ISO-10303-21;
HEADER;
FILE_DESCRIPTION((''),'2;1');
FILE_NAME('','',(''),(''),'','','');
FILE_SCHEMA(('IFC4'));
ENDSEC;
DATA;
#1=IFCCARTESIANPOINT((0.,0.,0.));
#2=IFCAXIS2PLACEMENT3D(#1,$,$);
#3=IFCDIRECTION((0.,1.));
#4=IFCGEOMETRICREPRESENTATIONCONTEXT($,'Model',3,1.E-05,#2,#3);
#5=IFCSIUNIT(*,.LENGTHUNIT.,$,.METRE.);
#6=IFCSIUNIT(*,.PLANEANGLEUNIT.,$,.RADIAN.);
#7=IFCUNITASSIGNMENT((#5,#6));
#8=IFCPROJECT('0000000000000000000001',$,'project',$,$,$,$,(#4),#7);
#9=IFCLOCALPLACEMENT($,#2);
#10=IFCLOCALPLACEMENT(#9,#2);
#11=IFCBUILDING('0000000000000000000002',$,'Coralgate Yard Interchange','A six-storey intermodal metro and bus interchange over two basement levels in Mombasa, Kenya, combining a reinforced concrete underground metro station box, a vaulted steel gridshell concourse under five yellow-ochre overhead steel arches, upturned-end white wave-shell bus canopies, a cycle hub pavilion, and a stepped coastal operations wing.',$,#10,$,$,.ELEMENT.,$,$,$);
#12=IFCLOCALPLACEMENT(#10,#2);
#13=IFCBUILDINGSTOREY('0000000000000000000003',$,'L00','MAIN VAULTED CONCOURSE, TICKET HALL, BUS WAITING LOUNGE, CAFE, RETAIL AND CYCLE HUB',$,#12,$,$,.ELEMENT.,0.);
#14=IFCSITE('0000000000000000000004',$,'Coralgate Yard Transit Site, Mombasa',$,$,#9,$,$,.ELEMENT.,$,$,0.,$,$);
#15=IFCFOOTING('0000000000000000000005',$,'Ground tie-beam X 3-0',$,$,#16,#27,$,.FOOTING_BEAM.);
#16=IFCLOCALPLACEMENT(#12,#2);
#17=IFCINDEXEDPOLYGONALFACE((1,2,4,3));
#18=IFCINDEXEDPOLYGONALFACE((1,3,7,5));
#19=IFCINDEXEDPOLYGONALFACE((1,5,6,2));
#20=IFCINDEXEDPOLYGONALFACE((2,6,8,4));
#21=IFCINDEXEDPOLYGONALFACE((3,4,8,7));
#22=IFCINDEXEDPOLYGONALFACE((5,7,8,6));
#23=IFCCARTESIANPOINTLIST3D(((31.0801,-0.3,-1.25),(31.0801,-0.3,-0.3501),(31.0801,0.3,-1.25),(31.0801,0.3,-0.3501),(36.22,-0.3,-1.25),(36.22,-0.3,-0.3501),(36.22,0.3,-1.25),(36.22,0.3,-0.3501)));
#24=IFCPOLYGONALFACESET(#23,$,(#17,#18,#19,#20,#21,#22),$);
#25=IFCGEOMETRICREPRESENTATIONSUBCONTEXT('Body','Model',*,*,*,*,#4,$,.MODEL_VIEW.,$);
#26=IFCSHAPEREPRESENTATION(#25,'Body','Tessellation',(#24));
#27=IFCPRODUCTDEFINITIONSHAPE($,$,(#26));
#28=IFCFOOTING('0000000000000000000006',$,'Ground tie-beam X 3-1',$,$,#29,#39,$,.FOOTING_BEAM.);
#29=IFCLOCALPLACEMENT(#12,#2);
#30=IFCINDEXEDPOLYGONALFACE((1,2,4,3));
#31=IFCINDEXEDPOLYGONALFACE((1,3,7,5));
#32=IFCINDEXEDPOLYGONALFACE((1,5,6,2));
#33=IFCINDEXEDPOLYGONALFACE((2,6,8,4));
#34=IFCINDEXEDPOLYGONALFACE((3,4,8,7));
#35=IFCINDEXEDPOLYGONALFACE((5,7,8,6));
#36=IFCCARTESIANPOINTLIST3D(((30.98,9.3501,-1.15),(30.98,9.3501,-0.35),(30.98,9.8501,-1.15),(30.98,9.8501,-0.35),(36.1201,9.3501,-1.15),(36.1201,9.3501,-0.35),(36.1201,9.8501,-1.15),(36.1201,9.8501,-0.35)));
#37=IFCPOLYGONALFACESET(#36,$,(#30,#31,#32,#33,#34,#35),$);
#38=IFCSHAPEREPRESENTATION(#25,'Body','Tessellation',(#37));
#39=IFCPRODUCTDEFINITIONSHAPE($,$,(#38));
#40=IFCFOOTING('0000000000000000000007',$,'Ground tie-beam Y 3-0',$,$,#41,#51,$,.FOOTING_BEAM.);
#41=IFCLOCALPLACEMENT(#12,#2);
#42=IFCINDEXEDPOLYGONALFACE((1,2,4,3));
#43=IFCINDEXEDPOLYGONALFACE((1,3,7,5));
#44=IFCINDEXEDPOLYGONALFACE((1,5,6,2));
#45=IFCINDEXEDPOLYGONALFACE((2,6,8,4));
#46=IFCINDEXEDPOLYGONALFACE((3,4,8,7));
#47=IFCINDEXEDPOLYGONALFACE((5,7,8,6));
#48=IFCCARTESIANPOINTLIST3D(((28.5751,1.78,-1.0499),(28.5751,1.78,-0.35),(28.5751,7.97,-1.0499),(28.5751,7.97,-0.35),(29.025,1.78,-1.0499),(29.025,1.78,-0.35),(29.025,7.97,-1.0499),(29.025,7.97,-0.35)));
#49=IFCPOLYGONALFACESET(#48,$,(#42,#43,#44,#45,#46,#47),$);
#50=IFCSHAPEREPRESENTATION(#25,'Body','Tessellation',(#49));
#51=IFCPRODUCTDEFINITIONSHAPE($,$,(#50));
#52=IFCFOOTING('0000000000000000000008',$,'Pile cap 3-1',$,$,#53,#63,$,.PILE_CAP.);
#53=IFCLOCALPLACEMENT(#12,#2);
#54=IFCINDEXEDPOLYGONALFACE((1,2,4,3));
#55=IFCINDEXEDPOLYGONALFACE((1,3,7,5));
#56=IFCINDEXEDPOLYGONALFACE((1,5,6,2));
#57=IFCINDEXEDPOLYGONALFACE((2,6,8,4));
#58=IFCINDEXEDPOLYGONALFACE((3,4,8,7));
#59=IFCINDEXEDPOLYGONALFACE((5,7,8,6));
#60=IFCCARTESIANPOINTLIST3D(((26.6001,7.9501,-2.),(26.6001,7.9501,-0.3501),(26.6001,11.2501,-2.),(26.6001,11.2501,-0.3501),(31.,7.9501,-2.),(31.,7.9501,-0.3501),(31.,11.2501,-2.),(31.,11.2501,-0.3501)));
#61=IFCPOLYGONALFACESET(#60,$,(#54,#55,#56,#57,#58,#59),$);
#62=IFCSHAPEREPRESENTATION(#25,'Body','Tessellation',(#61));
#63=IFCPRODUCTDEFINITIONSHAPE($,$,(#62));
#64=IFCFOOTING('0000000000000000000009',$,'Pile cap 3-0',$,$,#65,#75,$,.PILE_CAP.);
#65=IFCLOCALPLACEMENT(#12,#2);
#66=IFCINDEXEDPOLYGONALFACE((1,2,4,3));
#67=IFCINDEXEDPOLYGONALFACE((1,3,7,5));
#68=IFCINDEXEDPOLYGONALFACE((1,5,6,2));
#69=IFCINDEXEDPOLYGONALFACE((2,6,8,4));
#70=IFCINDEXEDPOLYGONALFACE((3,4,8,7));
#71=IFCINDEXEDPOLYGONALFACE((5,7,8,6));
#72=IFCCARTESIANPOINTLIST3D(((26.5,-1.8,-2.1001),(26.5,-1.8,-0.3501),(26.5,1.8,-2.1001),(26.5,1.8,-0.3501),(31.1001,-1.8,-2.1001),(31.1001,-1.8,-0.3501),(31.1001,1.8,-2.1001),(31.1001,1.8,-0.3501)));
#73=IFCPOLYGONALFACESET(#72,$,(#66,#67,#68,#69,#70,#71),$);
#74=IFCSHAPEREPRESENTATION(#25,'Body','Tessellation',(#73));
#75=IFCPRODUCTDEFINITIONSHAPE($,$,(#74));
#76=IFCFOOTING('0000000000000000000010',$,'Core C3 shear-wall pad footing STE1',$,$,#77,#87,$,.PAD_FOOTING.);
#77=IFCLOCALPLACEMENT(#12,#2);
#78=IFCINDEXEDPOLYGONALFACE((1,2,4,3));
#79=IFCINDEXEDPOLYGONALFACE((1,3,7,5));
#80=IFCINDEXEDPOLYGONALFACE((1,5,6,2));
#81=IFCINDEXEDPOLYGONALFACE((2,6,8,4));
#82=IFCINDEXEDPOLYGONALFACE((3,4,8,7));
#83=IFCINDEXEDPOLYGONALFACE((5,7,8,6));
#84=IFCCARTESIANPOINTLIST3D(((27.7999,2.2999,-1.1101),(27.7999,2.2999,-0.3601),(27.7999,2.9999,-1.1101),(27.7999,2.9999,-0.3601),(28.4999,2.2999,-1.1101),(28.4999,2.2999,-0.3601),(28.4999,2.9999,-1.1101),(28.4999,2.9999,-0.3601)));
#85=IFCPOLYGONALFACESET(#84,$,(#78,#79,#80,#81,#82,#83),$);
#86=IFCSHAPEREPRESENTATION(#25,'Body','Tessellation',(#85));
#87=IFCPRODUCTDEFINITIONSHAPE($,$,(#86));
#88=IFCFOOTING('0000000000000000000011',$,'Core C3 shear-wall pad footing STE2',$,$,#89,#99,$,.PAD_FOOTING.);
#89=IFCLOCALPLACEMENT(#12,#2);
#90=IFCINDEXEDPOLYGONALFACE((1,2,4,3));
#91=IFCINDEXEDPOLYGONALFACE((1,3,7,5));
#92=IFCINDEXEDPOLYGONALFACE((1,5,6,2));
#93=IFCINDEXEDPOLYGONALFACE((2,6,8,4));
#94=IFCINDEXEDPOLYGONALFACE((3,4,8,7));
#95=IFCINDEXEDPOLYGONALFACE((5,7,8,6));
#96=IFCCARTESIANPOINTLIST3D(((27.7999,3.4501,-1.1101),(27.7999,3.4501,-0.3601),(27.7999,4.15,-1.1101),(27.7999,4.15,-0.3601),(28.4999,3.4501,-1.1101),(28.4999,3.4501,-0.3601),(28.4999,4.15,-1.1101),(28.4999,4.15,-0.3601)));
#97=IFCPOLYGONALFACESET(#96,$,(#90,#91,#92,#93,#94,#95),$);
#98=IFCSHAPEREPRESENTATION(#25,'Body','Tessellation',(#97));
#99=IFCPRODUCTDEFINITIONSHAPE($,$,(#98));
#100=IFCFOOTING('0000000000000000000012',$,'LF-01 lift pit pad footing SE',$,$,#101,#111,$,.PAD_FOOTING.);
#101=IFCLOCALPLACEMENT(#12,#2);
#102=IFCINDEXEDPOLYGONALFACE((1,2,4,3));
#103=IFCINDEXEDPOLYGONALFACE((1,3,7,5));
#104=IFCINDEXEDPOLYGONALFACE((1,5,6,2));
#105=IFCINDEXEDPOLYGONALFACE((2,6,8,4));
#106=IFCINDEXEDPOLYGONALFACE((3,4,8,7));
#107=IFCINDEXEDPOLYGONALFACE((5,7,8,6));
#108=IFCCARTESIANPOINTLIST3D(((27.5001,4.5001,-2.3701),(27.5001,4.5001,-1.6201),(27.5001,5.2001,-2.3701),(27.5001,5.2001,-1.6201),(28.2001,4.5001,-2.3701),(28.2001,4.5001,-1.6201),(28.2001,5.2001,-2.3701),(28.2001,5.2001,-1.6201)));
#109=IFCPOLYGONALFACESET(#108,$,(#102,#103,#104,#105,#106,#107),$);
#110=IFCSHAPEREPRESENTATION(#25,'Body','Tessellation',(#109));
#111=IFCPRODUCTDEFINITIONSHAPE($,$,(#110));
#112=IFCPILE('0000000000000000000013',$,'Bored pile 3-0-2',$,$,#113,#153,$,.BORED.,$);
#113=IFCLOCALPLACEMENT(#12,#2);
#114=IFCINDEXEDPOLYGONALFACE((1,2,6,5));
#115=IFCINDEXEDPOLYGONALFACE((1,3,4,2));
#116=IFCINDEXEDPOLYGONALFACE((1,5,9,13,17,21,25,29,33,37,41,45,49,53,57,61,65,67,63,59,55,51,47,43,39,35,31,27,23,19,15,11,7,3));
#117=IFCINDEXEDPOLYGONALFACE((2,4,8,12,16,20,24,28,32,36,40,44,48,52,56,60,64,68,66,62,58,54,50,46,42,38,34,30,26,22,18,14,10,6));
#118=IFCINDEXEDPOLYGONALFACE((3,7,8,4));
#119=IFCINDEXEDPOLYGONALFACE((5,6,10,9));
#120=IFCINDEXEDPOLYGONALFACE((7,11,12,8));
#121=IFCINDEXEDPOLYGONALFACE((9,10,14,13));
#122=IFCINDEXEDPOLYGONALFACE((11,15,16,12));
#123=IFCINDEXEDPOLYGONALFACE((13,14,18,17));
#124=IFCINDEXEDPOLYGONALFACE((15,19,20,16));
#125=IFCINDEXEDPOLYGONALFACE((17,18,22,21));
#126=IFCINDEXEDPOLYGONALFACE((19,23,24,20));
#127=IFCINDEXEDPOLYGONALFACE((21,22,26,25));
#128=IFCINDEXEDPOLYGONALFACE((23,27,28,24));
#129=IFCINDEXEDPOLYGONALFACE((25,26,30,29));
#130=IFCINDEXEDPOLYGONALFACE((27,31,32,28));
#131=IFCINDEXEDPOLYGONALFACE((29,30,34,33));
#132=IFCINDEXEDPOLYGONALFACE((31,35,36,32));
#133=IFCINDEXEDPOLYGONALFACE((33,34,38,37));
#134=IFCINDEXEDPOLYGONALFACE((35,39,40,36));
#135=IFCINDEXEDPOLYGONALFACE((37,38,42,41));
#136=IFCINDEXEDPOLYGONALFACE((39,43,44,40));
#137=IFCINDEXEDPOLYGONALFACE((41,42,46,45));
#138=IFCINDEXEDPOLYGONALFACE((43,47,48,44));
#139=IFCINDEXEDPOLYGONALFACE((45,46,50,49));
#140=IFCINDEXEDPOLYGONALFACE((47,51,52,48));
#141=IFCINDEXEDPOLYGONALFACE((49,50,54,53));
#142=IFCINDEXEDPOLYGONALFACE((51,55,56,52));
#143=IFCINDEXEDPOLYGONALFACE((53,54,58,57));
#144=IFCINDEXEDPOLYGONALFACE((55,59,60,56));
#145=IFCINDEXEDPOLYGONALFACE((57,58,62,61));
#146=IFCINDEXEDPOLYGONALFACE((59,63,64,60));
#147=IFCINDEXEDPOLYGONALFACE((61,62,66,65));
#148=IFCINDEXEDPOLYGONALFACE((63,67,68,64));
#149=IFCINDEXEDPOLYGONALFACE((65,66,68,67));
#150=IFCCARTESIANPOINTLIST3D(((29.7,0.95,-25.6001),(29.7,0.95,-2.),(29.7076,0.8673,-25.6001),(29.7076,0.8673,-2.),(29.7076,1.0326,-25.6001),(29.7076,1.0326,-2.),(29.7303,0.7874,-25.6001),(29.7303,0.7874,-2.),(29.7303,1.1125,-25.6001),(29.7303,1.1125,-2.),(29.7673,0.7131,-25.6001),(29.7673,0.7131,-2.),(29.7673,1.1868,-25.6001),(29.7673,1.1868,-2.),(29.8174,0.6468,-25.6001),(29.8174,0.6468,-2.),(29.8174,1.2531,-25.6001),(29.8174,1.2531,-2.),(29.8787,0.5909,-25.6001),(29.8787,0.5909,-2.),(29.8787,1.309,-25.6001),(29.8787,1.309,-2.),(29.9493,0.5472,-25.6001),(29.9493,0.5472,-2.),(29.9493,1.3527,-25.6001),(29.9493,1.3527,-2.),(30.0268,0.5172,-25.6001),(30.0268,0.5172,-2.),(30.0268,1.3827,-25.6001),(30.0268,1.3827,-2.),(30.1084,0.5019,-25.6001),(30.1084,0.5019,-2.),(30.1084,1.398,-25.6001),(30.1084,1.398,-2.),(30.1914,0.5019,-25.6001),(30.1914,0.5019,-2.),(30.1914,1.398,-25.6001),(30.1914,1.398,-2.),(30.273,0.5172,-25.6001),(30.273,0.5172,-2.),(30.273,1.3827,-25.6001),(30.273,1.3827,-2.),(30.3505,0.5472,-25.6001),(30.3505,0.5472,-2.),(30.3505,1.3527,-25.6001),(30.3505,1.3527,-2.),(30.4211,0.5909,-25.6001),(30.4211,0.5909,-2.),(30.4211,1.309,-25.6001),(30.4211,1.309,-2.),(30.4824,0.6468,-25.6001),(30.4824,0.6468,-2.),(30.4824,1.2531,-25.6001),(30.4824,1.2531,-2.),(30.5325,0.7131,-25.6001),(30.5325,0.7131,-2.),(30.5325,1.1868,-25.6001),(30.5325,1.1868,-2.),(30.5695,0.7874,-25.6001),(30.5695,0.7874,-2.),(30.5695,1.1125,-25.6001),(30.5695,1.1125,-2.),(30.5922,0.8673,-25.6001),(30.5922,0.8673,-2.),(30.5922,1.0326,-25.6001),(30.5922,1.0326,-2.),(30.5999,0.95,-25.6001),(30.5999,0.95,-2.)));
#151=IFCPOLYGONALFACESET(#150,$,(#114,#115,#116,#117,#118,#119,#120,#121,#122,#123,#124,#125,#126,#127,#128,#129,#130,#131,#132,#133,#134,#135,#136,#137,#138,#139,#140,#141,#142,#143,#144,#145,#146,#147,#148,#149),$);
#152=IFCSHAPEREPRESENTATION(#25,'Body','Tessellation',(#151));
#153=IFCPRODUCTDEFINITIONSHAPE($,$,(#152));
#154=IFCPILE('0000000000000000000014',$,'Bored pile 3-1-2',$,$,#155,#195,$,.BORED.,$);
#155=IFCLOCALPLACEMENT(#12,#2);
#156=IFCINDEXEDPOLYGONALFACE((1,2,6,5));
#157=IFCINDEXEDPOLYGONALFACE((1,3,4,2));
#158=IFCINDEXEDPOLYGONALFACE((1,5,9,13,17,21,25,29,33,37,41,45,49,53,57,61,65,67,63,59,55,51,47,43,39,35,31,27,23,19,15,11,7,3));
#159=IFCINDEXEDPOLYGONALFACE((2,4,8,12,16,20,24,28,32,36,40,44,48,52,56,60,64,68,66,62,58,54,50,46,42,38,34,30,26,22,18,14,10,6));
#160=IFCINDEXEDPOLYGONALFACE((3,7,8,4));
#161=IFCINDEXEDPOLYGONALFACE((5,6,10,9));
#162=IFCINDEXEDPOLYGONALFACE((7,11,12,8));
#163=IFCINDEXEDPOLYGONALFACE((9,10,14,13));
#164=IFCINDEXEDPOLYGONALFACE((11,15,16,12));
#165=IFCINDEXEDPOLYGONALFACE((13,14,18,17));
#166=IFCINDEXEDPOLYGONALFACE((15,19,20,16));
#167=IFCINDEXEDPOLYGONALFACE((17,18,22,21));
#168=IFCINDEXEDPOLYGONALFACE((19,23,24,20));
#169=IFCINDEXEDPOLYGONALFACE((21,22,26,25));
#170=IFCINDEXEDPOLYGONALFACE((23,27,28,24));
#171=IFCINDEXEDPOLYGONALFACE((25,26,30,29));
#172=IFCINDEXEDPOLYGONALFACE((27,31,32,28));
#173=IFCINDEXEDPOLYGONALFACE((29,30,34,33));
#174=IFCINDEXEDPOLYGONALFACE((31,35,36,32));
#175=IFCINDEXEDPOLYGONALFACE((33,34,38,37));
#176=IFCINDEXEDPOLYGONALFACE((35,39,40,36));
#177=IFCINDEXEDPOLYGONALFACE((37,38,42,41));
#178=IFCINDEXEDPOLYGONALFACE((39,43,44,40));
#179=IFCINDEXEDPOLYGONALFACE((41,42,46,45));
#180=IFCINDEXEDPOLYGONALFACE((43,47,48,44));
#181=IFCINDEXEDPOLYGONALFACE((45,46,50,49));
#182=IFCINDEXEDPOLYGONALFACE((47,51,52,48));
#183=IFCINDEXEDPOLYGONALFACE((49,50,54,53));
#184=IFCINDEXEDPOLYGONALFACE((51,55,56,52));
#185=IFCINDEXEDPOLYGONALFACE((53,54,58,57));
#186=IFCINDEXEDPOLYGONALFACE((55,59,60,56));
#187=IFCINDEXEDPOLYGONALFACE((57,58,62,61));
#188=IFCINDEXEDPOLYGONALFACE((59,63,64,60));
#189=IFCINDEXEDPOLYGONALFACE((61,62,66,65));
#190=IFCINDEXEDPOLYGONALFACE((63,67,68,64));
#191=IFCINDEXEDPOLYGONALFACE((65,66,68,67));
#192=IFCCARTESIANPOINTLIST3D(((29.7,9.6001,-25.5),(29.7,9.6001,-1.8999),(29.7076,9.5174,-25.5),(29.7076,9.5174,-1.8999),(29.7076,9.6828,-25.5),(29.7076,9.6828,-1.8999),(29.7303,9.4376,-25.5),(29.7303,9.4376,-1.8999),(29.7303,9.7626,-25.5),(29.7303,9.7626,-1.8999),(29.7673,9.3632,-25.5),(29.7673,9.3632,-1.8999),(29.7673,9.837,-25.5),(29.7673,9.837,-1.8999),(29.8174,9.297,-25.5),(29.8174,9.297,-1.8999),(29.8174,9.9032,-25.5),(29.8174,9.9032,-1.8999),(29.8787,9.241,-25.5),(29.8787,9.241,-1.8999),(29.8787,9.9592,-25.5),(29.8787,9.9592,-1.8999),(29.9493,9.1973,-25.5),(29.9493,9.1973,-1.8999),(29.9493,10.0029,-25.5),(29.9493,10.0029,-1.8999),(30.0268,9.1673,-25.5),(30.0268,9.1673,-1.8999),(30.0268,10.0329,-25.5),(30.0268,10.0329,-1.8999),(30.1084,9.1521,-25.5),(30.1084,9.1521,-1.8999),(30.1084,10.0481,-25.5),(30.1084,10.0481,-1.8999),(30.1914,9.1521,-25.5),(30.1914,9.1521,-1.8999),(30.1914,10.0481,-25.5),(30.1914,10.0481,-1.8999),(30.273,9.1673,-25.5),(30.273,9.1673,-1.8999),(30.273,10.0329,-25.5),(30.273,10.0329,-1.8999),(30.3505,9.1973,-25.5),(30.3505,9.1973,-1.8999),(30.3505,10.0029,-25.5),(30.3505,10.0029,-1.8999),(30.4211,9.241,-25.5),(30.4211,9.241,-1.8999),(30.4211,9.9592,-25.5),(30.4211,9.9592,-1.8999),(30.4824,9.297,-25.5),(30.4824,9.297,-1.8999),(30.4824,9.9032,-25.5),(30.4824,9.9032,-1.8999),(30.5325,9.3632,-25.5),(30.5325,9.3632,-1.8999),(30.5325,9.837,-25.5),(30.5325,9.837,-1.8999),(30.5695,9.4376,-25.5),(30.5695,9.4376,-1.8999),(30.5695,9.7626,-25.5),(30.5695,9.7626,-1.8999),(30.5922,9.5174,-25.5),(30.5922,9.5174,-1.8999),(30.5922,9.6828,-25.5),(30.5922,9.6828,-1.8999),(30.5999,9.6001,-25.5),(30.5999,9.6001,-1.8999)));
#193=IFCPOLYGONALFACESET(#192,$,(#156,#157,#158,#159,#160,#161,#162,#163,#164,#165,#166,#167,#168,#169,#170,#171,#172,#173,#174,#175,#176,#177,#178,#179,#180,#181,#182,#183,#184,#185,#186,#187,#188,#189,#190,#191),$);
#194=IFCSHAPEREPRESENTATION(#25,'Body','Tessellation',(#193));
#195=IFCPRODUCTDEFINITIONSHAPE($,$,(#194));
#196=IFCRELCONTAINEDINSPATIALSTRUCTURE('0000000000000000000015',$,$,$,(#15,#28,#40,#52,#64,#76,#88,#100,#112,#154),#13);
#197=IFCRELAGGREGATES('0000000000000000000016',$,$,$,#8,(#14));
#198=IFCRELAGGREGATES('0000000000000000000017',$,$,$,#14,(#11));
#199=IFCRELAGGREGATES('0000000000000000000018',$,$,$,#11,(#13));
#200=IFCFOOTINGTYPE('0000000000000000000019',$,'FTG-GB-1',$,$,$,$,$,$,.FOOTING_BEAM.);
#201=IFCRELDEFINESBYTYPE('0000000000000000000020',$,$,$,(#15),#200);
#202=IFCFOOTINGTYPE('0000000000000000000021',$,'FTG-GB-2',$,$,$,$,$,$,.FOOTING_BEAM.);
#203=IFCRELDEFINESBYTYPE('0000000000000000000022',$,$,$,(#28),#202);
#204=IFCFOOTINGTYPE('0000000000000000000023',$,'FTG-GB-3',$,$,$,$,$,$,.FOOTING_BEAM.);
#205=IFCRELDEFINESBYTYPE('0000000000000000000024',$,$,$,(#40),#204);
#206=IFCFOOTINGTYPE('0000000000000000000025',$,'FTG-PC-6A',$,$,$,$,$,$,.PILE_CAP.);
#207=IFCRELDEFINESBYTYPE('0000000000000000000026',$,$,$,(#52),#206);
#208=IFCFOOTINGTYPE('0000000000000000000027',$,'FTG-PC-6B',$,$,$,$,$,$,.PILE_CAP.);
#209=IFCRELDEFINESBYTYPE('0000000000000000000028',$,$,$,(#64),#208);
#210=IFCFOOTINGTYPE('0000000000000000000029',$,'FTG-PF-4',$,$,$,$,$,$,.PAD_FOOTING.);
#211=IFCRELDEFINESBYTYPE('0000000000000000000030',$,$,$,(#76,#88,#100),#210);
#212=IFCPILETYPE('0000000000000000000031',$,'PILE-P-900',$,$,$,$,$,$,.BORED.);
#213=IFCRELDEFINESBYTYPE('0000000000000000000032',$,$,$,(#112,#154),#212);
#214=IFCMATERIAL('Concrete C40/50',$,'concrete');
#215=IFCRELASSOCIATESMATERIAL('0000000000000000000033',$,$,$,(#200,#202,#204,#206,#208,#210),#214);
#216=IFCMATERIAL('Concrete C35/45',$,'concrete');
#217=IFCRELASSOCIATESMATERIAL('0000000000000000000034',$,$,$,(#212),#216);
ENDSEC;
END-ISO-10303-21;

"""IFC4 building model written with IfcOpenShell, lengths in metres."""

from ifc_helpers import new_model, si_unit, direction, frame, origin, origin_2d, place, context, subcontext, project, spatial, rectangle, circle, extrude, material, material_profile, profile_set, type_object, element, save


model = new_model("IFC4")

# Units and contexts
model_context = context("Model", 3, precision=1e-05, world=origin(), true_north=direction((0.0, 1.0)))
body_context = subcontext(model_context, "Body", "Model", "MODEL_VIEW")
ifc_project = project(units=[si_unit("LENGTHUNIT", "METRE"), si_unit("PLANEANGLEUNIT", "RADIAN")], contexts=[model_context])

# Site, building, storey
site_placement = place(None, origin())
site = spatial("IfcSite", under=ifc_project, at=site_placement, Name="Coralgate Yard Transit Site, Mombasa", CompositionType="ELEMENT", RefElevation=0.0)
building_placement = place(site_placement, origin())
building = spatial("IfcBuilding", under=site, at=building_placement, Name="Coralgate Yard Interchange", Description="A six-storey intermodal metro and bus interchange over two basement levels in Mombasa, Kenya, combining a reinforced concrete underground metro station box, a vaulted steel gridshell concourse under five yellow-ochre overhead steel arches, upturned-end white wave-shell bus canopies, a cycle hub pavilion, and a stepped coastal operations wing.", CompositionType="ELEMENT")
storey_placement = place(building_placement, origin())
storey = spatial("IfcBuildingStorey", under=building, at=storey_placement, Name="L00", Description="MAIN VAULTED CONCOURSE, TICKET HALL, BUS WAITING LOUNGE, CAFE, RETAIL AND CYCLE HUB", CompositionType="ELEMENT", Elevation=0.0)

# Footings
ifc_material_1 = material(Name="Concrete C40/50", Category="concrete")
ifc_material_profile_1 = material_profile(ifc_material_1, rectangle(XDim=0.6001, YDim=0.8999, at=origin_2d()), Name="RC 600x900")
ifc_profile_set_1 = profile_set([ifc_material_profile_1], Name="Concrete C40/50")
footing_type_1 = type_object("IfcFootingType", Name="FTG-GB-1", PredefinedType="FOOTING_BEAM", material=ifc_profile_set_1)
footing_1_placement = place(storey_placement, frame((31.0801, 0.0, -0.8), z_axis=(1.0, 0.0, 0.0), x_axis=(0.0, 1.0, 0.0)))
element("IfcFooting", 1, at=footing_1_placement, inside=storey, type_object=footing_type_1, Name="Ground tie-beam X 3-0", PredefinedType="FOOTING_BEAM", context=body_context, shape_type="SweptSolid", body=[
    extrude(rectangle(XDim=0.6001, YDim=0.8999, at=origin_2d()), origin(), (0.0, 0.0, 1.0), 5.1399),
])
ifc_material_profile_2 = material_profile(ifc_material_1, rectangle(XDim=0.5, YDim=0.8, at=origin_2d()), Name="RC 500x800")
ifc_profile_set_2 = profile_set([ifc_material_profile_2], Name="Concrete C40/50")
footing_type_2 = type_object("IfcFootingType", Name="FTG-GB-2", PredefinedType="FOOTING_BEAM", material=ifc_profile_set_2)
footing_2_placement = place(storey_placement, frame((30.98, 9.6001, -0.75), z_axis=(1.0, 0.0, 0.0), x_axis=(0.0, 1.0, 0.0)))
element("IfcFooting", 2, at=footing_2_placement, inside=storey, type_object=footing_type_2, Name="Ground tie-beam X 3-1", PredefinedType="FOOTING_BEAM", context=body_context, shape_type="SweptSolid", body=[
    extrude(rectangle(XDim=0.5, YDim=0.8, at=origin_2d()), origin(), (0.0, 0.0, 1.0), 5.1401),
])
ifc_material_profile_3 = material_profile(ifc_material_1, rectangle(XDim=0.45, YDim=0.7, at=origin_2d()), Name="RC 450x700")
ifc_profile_set_3 = profile_set([ifc_material_profile_3], Name="Concrete C40/50")
footing_type_3 = type_object("IfcFootingType", Name="FTG-GB-3", PredefinedType="FOOTING_BEAM", material=ifc_profile_set_3)
footing_3_placement = place(storey_placement, frame((28.8, 1.78, -0.7), z_axis=(0.0, 1.0, 0.0), x_axis=(-1.0, 0.0, 0.0)))
element("IfcFooting", 3, at=footing_3_placement, inside=storey, type_object=footing_type_3, Name="Ground tie-beam Y 3-0", PredefinedType="FOOTING_BEAM", context=body_context, shape_type="SweptSolid", body=[
    extrude(rectangle(XDim=0.45, YDim=0.7, at=origin_2d()), origin(), (0.0, 0.0, 1.0), 6.1899),
])
footing_type_4 = type_object("IfcFootingType", Name="FTG-PC-6A", PredefinedType="PILE_CAP", material=ifc_material_1)
footing_4_placement = place(storey_placement, frame((28.8, 9.6001, -2.0), z_axis=(0.0, 0.0, 1.0), x_axis=(1.0, 0.0, 0.0)))
element("IfcFooting", 4, at=footing_4_placement, inside=storey, type_object=footing_type_4, Name="Pile cap 3-1", PredefinedType="PILE_CAP", context=body_context, shape_type="SweptSolid", body=[
    extrude(rectangle(XDim=4.3999, YDim=3.3, at=origin_2d()), origin(), (0.0, 0.0, 1.0), 1.6499),
])
footing_type_5 = type_object("IfcFootingType", Name="FTG-PC-6B", PredefinedType="PILE_CAP", material=ifc_material_1)
footing_5_placement = place(storey_placement, frame((28.8, 0.0, -2.1001), z_axis=(0.0, 0.0, 1.0), x_axis=(1.0, 0.0, 0.0)))
element("IfcFooting", 5, at=footing_5_placement, inside=storey, type_object=footing_type_5, Name="Pile cap 3-0", PredefinedType="PILE_CAP", context=body_context, shape_type="SweptSolid", body=[
    extrude(rectangle(XDim=4.6001, YDim=3.6001, at=origin_2d()), origin(), (0.0, 0.0, 1.0), 1.75),
])
footing_type_6 = type_object("IfcFootingType", Name="FTG-PF-4", PredefinedType="PAD_FOOTING", material=ifc_material_1)
for number, where, z_axis, x_axis, name in (
    (6, (28.1499, 2.6499, -1.1101), (0.0, 0.0, 1.0), (1.0, 0.0, 0.0), "Core C3 shear-wall pad footing STE1"),
    (7, (28.1499, 3.8, -1.1101), (0.0, 0.0, 1.0), (1.0, 0.0, 0.0), "Core C3 shear-wall pad footing STE2"),
    (8, (27.8501, 4.8501, -2.3701), (0.0, 0.0, 1.0), (1.0, 0.0, 0.0), "LF-01 lift pit pad footing SE"),
):
    element("IfcFooting", number, at=place(storey_placement, frame(where, z_axis=z_axis, x_axis=x_axis)), inside=storey, type_object=footing_type_6, Name=name, PredefinedType="PAD_FOOTING", context=body_context, shape_type="SweptSolid", body=[
        extrude(rectangle(XDim=0.7, YDim=0.7, at=origin_2d()), origin(), (0.0, 0.0, 1.0), 0.75),
    ])

# Piles
ifc_material_2 = material(Name="Concrete C35/45", Category="concrete")
ifc_material_profile_4 = material_profile(ifc_material_2, circle(Radius=0.45, at=origin_2d()), Name="BORED PILE D900")
ifc_profile_set_4 = profile_set([ifc_material_profile_4], Name="Concrete C35/45")
pile_type = type_object("IfcPileType", Name="PILE-P-900", PredefinedType="BORED", material=ifc_profile_set_4)
for number, where, z_axis, x_axis, name in (
    (9, (30.1499, 0.95, -2.0), (0.0, 0.0, -1.0), (1.0, 0.0, 0.0), "Bored pile 3-0-2"),
    (10, (30.1499, 9.6001, -1.8999), (0.0, 0.0, -1.0), (1.0, 0.0, 0.0), "Bored pile 3-1-2"),
):
    element("IfcPile", number, at=place(storey_placement, frame(where, z_axis=z_axis, x_axis=x_axis)), inside=storey, type_object=pile_type, Name=name, PredefinedType="BORED", context=body_context, shape_type="SweptSolid", body=[
        extrude(circle(Radius=0.45, at=origin_2d()), origin(), (0.0, 0.0, 1.0), 23.6001),
    ])

save(model, "model.ifc")
